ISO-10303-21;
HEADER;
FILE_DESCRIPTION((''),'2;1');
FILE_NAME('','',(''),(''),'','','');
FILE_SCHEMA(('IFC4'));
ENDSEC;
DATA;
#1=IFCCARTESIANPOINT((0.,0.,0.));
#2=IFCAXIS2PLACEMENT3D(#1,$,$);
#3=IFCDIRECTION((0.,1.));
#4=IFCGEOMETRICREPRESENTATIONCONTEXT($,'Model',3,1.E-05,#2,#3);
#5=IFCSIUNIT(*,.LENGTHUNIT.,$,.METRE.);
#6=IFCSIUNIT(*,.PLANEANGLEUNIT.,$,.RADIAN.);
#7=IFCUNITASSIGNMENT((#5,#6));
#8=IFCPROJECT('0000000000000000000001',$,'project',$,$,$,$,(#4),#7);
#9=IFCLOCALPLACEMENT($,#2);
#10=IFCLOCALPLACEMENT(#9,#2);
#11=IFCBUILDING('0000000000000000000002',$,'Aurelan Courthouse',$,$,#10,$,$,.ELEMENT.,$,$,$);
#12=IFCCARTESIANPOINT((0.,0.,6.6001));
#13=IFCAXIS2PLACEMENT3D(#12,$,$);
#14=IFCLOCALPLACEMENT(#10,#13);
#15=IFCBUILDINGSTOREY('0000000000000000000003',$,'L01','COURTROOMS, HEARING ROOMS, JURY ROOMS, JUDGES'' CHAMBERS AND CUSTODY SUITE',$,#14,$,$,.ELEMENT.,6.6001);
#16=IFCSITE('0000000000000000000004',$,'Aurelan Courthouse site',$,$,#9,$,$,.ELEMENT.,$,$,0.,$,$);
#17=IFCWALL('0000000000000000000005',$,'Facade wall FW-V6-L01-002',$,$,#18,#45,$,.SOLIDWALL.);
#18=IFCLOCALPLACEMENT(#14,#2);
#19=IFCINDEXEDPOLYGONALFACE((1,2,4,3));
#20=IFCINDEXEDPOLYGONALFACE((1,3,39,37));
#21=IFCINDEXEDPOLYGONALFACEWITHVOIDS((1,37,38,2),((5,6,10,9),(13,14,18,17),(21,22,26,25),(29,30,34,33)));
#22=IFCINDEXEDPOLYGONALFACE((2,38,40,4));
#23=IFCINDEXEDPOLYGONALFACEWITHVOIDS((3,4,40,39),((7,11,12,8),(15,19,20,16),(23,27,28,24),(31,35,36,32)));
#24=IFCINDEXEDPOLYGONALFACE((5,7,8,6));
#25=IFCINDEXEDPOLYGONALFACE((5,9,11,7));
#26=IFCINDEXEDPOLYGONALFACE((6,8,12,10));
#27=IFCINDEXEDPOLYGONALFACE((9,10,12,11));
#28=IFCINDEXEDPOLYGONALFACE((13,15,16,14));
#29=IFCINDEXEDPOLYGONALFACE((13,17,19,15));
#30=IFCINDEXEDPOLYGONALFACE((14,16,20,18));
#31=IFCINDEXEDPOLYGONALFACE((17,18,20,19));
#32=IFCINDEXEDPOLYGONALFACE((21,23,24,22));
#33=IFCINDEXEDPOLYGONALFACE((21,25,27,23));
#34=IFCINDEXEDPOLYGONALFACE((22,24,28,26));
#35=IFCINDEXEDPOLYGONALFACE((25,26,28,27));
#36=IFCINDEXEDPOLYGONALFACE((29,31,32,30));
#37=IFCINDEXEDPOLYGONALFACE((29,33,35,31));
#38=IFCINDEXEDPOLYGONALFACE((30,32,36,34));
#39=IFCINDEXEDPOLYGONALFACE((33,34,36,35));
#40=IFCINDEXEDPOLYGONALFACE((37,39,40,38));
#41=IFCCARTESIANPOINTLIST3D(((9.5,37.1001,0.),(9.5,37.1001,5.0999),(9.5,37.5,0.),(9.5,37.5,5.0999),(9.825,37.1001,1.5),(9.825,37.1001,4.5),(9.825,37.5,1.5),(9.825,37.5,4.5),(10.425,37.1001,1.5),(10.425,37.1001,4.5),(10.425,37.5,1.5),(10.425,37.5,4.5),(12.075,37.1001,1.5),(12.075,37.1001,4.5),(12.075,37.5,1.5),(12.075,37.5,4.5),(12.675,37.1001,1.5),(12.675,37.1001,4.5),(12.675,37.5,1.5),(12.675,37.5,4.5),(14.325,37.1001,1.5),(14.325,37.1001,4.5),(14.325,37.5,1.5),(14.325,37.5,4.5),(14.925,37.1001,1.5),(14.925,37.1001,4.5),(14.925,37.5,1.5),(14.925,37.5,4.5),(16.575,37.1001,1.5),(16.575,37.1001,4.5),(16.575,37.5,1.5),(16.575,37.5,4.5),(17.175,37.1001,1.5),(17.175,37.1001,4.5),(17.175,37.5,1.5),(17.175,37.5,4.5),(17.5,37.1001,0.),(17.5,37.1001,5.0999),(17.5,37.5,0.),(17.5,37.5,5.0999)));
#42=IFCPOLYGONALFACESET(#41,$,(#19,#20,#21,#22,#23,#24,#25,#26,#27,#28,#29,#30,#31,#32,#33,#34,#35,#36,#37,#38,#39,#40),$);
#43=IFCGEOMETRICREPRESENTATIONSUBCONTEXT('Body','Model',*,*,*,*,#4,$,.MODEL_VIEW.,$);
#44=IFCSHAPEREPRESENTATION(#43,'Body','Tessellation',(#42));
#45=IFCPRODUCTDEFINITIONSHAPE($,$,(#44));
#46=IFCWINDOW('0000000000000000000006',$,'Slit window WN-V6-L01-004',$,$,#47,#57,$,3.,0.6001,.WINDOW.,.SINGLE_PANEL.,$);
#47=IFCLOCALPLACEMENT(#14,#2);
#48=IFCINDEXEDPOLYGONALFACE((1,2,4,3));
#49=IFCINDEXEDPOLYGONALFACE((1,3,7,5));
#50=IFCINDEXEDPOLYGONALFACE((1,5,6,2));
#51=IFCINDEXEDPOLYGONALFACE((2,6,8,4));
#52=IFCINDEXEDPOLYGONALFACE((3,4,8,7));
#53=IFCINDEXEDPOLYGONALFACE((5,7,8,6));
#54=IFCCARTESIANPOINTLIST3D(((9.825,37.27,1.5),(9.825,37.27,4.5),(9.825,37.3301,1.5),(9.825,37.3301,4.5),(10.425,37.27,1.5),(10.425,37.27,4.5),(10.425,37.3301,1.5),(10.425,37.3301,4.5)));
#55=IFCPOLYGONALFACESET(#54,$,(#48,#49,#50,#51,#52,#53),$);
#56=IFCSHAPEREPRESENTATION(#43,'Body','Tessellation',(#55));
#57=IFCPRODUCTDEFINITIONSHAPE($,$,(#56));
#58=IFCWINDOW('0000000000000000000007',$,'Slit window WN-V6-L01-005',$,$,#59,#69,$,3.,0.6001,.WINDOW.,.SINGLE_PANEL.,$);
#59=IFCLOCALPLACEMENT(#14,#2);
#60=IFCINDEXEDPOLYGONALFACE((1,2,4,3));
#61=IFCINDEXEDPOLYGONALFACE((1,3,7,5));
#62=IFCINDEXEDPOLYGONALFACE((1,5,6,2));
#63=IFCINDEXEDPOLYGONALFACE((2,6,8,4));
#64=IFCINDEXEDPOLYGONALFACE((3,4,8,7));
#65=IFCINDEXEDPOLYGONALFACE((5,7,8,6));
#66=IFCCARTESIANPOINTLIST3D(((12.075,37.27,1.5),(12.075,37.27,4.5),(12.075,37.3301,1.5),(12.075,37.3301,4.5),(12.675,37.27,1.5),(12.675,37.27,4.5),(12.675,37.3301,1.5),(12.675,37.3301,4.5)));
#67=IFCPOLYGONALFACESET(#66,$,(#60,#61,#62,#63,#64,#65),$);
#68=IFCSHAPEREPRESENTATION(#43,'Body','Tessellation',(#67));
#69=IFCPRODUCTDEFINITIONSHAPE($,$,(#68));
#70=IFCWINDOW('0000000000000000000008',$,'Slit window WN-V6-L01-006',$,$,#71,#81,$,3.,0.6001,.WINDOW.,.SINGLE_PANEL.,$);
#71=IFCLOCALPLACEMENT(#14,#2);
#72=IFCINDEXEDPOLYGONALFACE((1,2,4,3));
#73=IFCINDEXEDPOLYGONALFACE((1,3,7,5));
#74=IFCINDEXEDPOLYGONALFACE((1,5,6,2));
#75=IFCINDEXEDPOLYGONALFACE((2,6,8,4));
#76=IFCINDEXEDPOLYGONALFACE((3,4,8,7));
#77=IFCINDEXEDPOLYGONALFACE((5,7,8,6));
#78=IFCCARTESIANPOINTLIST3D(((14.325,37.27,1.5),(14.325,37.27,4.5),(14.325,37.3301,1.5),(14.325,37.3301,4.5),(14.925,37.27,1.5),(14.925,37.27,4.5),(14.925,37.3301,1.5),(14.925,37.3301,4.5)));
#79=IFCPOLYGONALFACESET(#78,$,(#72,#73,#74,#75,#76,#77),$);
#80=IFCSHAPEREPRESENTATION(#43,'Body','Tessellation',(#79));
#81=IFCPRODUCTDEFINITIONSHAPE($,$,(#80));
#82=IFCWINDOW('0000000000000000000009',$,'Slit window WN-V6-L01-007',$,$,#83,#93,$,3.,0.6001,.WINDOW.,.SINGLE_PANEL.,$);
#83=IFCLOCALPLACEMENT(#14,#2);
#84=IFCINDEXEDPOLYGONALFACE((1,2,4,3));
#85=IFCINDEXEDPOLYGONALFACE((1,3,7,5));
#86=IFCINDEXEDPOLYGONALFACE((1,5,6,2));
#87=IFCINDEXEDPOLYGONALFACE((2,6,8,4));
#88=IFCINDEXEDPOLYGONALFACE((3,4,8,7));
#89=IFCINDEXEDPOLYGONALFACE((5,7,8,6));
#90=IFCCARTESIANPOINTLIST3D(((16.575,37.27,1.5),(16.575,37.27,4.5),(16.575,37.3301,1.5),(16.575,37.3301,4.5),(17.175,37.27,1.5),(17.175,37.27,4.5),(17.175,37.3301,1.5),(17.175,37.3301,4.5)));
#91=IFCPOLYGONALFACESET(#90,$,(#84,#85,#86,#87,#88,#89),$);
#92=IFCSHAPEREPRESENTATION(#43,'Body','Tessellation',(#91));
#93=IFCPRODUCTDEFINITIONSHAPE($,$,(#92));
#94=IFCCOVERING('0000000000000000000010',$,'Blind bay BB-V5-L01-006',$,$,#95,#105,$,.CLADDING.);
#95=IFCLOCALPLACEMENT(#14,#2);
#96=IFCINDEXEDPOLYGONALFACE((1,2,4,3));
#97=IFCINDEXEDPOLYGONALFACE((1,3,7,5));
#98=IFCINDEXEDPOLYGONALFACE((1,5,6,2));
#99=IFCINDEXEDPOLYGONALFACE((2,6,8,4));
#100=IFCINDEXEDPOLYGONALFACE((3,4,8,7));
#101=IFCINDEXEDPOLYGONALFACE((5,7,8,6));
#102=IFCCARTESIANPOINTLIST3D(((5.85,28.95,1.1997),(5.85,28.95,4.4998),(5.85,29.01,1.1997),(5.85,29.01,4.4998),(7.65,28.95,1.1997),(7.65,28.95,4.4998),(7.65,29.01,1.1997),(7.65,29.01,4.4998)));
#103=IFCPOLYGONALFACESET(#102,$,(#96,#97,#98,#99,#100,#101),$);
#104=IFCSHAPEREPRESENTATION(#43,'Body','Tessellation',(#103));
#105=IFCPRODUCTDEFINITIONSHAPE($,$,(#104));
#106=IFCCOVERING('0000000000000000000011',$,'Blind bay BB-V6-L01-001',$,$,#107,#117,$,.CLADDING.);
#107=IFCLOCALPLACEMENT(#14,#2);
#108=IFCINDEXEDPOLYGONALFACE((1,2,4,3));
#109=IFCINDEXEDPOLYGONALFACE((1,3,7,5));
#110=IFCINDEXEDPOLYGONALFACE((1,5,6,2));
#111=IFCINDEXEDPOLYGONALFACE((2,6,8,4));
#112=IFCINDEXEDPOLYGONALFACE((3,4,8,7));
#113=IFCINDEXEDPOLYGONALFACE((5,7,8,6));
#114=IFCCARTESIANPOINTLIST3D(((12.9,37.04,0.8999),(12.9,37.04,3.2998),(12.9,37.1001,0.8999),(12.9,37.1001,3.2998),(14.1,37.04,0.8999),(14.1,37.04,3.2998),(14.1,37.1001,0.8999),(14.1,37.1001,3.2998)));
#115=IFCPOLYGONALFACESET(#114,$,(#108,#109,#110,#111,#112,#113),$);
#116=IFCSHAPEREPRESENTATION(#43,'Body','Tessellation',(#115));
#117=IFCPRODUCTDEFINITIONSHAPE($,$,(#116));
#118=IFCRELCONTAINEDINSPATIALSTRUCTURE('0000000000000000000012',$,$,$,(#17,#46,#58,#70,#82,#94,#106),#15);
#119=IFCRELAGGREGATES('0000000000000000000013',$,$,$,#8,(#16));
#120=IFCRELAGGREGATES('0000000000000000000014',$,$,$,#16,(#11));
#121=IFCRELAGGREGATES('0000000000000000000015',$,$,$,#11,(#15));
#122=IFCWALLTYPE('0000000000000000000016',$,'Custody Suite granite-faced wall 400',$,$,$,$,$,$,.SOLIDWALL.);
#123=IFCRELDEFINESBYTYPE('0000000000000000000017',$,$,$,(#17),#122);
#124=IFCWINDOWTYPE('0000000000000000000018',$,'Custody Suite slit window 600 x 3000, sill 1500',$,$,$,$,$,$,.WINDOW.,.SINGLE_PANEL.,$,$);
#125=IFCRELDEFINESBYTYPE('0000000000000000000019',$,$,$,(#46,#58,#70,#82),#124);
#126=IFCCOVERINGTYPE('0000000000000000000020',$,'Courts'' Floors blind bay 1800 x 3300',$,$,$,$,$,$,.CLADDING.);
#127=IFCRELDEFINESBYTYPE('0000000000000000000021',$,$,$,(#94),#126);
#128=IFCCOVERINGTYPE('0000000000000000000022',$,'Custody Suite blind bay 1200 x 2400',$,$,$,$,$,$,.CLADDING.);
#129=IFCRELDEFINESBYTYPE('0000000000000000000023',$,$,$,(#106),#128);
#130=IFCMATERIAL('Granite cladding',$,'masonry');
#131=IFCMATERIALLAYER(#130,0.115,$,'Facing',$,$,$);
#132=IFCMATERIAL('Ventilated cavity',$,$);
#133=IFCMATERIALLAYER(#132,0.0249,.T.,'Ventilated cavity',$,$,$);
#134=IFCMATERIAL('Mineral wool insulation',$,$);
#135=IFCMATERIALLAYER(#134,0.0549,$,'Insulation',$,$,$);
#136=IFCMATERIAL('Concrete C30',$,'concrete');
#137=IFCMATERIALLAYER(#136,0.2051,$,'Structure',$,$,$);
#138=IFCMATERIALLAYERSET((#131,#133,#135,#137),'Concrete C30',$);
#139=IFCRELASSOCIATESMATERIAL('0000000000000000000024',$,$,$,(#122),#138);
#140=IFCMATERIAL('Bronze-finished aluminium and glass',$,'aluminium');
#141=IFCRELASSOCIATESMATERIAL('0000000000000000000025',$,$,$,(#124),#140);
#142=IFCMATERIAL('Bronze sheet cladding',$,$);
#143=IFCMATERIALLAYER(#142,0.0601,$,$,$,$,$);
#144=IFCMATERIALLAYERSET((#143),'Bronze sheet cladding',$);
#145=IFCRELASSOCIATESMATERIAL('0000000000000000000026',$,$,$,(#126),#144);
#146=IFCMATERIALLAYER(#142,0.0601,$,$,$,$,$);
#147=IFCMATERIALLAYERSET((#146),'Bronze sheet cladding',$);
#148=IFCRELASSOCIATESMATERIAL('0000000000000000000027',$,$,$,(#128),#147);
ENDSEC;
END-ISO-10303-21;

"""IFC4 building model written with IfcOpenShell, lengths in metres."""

from ifc_helpers import new_model, si_unit, direction, frame, frame_2d, origin, origin_2d, place, context, subcontext, project, spatial, rectangle, extrude, material, layer, layer_set, type_object, element, fill, save


model = new_model("IFC4")

# Units and contexts
model_context = context("Model", 3, precision=1e-05, world=origin(), true_north=direction((0.0, 1.0)))
body_context = subcontext(model_context, "Body", "Model", "MODEL_VIEW")
ifc_project = project(units=[si_unit("LENGTHUNIT", "METRE"), si_unit("PLANEANGLEUNIT", "RADIAN")], contexts=[model_context])

# Site, building, storey
site_placement = place(None, origin())
site = spatial("IfcSite", under=ifc_project, at=site_placement, Name="Aurelan Courthouse site", CompositionType="ELEMENT", RefElevation=0.0)
building_placement = place(site_placement, origin())
building = spatial("IfcBuilding", under=site, at=building_placement, Name="Aurelan Courthouse", CompositionType="ELEMENT")
storey_placement = place(building_placement, frame((0.0, 0.0, 6.6001)))
storey = spatial("IfcBuildingStorey", under=building, at=storey_placement, Name="L01", Description="COURTROOMS, HEARING ROOMS, JURY ROOMS, JUDGES' CHAMBERS AND CUSTODY SUITE", CompositionType="ELEMENT", Elevation=6.6001)

# Wall, openings, windows
ifc_material_1 = material(Name="Granite cladding", Category="masonry")
ifc_material_2 = material(Name="Ventilated cavity")
ifc_material_3 = material(Name="Mineral wool insulation")
ifc_material_4 = material(Name="Concrete C30", Category="concrete")
ifc_material_5 = material(Name="Bronze-finished aluminium and glass", Category="aluminium")
ifc_layer_1 = layer(ifc_material_1, 0.115, Name="Facing")
ifc_layer_2 = layer(ifc_material_2, 0.0249, ventilated=True, Name="Ventilated cavity")
ifc_layer_3 = layer(ifc_material_3, 0.0549, Name="Insulation")
ifc_layer_4 = layer(ifc_material_4, 0.2051, Name="Structure")
ifc_layer_set_1 = layer_set([ifc_layer_1, ifc_layer_2, ifc_layer_3, ifc_layer_4], Name="Concrete C30")
wall_type_1 = type_object("IfcWallType", Name="Custody Suite granite-faced wall 400", PredefinedType="SOLIDWALL", material=ifc_layer_set_1)
wall_1_placement = place(storey_placement, frame((9.5, 37.3, 0.0), z_axis=(0.0, 0.0, 1.0), x_axis=(1.0, 0.0, 0.0)))
wall_1 = element("IfcWall", 1, at=wall_1_placement, inside=storey, type_object=wall_type_1, Name="Facade wall FW-V6-L01-002", PredefinedType="SOLIDWALL", context=body_context, shape_type="SweptSolid", body=[
    extrude(rectangle(XDim=8.0, YDim=0.3999, at=frame_2d((4.0, 0.0))), origin(), (0.0, 0.0, 1.0), 5.0999),
])
opening_1_placement = place(wall_1_placement, frame((0.325, 0.0, 1.5)))
opening_1 = element("IfcOpeningElement", 2, at=opening_1_placement, cuts=wall_1, PredefinedType="OPENING", context=body_context, shape_type="SweptSolid", body=[
    extrude(rectangle(XDim=0.6001, YDim=3.0, at=frame_2d((0.3, 1.5))), frame((0.0, 0.21, 0.0), z_axis=(0.0, -1.0, 0.0), x_axis=(1.0, 0.0, 0.0)), (0.0, 0.0, 1.0), 0.4199),
])
opening_2_placement = place(wall_1_placement, frame((2.575, 0.0, 1.5)))
opening_2 = element("IfcOpeningElement", 3, at=opening_2_placement, cuts=wall_1, PredefinedType="OPENING", context=body_context, shape_type="SweptSolid", body=[
    extrude(rectangle(XDim=0.6001, YDim=3.0, at=frame_2d((0.3, 1.5))), frame((0.0, 0.21, 0.0), z_axis=(0.0, -1.0, 0.0), x_axis=(1.0, 0.0, 0.0)), (0.0, 0.0, 1.0), 0.4199),
])
opening_3_placement = place(wall_1_placement, frame((4.825, 0.0, 1.5)))
opening_3 = element("IfcOpeningElement", 4, at=opening_3_placement, cuts=wall_1, PredefinedType="OPENING", context=body_context, shape_type="SweptSolid", body=[
    extrude(rectangle(XDim=0.6001, YDim=3.0, at=frame_2d((0.3, 1.5))), frame((0.0, 0.21, 0.0), z_axis=(0.0, -1.0, 0.0), x_axis=(1.0, 0.0, 0.0)), (0.0, 0.0, 1.0), 0.4199),
])
opening_4_placement = place(wall_1_placement, frame((7.075, 0.0, 1.5)))
opening_4 = element("IfcOpeningElement", 5, at=opening_4_placement, cuts=wall_1, PredefinedType="OPENING", context=body_context, shape_type="SweptSolid", body=[
    extrude(rectangle(XDim=0.6001, YDim=3.0, at=frame_2d((0.3, 1.5))), frame((0.0, 0.21, 0.0), z_axis=(0.0, -1.0, 0.0), x_axis=(1.0, 0.0, 0.0)), (0.0, 0.0, 1.0), 0.4199),
])
window_type_1 = type_object("IfcWindowType", Name="Custody Suite slit window 600 x 3000, sill 1500", PartitioningType="SINGLE_PANEL", PredefinedType="WINDOW", material=ifc_material_5)
window_1_placement = place(opening_1_placement, origin())
window_1 = element("IfcWindow", 6, at=window_1_placement, inside=storey, type_object=window_type_1, Name="Slit window WN-V6-L01-004", OverallHeight=3.0, OverallWidth=0.6001, PartitioningType="SINGLE_PANEL", PredefinedType="WINDOW", context=body_context, shape_type="SweptSolid", body=[
    extrude(rectangle(XDim=0.6001, YDim=3.0, at=frame_2d((0.3, 1.5))), frame((0.0, 0.03, 0.0), z_axis=(0.0, -1.0, 0.0), x_axis=(1.0, 0.0, 0.0)), (0.0, 0.0, 1.0), 0.0601),
])
fill(opening_1, window_1)
window_2_placement = place(opening_2_placement, origin())
window_2 = element("IfcWindow", 7, at=window_2_placement, inside=storey, type_object=window_type_1, Name="Slit window WN-V6-L01-005", OverallHeight=3.0, OverallWidth=0.6001, PartitioningType="SINGLE_PANEL", PredefinedType="WINDOW", context=body_context, shape_type="SweptSolid", body=[
    extrude(rectangle(XDim=0.6001, YDim=3.0, at=frame_2d((0.3, 1.5))), frame((0.0, 0.03, 0.0), z_axis=(0.0, -1.0, 0.0), x_axis=(1.0, 0.0, 0.0)), (0.0, 0.0, 1.0), 0.0601),
])
fill(opening_2, window_2)
window_3_placement = place(opening_3_placement, origin())
window_3 = element("IfcWindow", 8, at=window_3_placement, inside=storey, type_object=window_type_1, Name="Slit window WN-V6-L01-006", OverallHeight=3.0, OverallWidth=0.6001, PartitioningType="SINGLE_PANEL", PredefinedType="WINDOW", context=body_context, shape_type="SweptSolid", body=[
    extrude(rectangle(XDim=0.6001, YDim=3.0, at=frame_2d((0.3, 1.5))), frame((0.0, 0.03, 0.0), z_axis=(0.0, -1.0, 0.0), x_axis=(1.0, 0.0, 0.0)), (0.0, 0.0, 1.0), 0.0601),
])
fill(opening_3, window_3)
window_4_placement = place(opening_4_placement, origin())
window_4 = element("IfcWindow", 9, at=window_4_placement, inside=storey, type_object=window_type_1, Name="Slit window WN-V6-L01-007", OverallHeight=3.0, OverallWidth=0.6001, PartitioningType="SINGLE_PANEL", PredefinedType="WINDOW", context=body_context, shape_type="SweptSolid", body=[
    extrude(rectangle(XDim=0.6001, YDim=3.0, at=frame_2d((0.3, 1.5))), frame((0.0, 0.03, 0.0), z_axis=(0.0, -1.0, 0.0), x_axis=(1.0, 0.0, 0.0)), (0.0, 0.0, 1.0), 0.0601),
])
fill(opening_4, window_4)

# Coverings
ifc_material_6 = material(Name="Bronze sheet cladding")
ifc_layer_5 = layer(ifc_material_6, 0.0601)
ifc_layer_set_2 = layer_set([ifc_layer_5], Name="Bronze sheet cladding")
covering_type_1 = type_object("IfcCoveringType", Name="Courts' Floors blind bay 1800 x 3300", PredefinedType="CLADDING", material=ifc_layer_set_2)
covering_1_placement = place(storey_placement, frame((6.75, 28.98, 1.1997), z_axis=(0.0, 0.0, 1.0), x_axis=(1.0, 0.0, 0.0)))
element("IfcCovering", 10, at=covering_1_placement, inside=storey, type_object=covering_type_1, Name="Blind bay BB-V5-L01-006", PredefinedType="CLADDING", context=body_context, shape_type="SweptSolid", body=[
    extrude(rectangle(XDim=1.8, YDim=0.0601, at=origin_2d()), origin(), (0.0, 0.0, 1.0), 3.3),
])
ifc_layer_6 = layer(ifc_material_6, 0.0601)
ifc_layer_set_3 = layer_set([ifc_layer_6], Name="Bronze sheet cladding")
covering_type_2 = type_object("IfcCoveringType", Name="Custody Suite blind bay 1200 x 2400", PredefinedType="CLADDING", material=ifc_layer_set_3)
covering_2_placement = place(storey_placement, frame((13.5, 37.0701, 0.8999), z_axis=(0.0, 0.0, 1.0), x_axis=(1.0, 0.0, 0.0)))
element("IfcCovering", 11, at=covering_2_placement, inside=storey, type_object=covering_type_2, Name="Blind bay BB-V6-L01-001", PredefinedType="CLADDING", context=body_context, shape_type="SweptSolid", body=[
    extrude(rectangle(XDim=1.2, YDim=0.0601, at=origin_2d()), origin(), (0.0, 0.0, 1.0), 2.3999),
])

save(model, "model.ifc")
